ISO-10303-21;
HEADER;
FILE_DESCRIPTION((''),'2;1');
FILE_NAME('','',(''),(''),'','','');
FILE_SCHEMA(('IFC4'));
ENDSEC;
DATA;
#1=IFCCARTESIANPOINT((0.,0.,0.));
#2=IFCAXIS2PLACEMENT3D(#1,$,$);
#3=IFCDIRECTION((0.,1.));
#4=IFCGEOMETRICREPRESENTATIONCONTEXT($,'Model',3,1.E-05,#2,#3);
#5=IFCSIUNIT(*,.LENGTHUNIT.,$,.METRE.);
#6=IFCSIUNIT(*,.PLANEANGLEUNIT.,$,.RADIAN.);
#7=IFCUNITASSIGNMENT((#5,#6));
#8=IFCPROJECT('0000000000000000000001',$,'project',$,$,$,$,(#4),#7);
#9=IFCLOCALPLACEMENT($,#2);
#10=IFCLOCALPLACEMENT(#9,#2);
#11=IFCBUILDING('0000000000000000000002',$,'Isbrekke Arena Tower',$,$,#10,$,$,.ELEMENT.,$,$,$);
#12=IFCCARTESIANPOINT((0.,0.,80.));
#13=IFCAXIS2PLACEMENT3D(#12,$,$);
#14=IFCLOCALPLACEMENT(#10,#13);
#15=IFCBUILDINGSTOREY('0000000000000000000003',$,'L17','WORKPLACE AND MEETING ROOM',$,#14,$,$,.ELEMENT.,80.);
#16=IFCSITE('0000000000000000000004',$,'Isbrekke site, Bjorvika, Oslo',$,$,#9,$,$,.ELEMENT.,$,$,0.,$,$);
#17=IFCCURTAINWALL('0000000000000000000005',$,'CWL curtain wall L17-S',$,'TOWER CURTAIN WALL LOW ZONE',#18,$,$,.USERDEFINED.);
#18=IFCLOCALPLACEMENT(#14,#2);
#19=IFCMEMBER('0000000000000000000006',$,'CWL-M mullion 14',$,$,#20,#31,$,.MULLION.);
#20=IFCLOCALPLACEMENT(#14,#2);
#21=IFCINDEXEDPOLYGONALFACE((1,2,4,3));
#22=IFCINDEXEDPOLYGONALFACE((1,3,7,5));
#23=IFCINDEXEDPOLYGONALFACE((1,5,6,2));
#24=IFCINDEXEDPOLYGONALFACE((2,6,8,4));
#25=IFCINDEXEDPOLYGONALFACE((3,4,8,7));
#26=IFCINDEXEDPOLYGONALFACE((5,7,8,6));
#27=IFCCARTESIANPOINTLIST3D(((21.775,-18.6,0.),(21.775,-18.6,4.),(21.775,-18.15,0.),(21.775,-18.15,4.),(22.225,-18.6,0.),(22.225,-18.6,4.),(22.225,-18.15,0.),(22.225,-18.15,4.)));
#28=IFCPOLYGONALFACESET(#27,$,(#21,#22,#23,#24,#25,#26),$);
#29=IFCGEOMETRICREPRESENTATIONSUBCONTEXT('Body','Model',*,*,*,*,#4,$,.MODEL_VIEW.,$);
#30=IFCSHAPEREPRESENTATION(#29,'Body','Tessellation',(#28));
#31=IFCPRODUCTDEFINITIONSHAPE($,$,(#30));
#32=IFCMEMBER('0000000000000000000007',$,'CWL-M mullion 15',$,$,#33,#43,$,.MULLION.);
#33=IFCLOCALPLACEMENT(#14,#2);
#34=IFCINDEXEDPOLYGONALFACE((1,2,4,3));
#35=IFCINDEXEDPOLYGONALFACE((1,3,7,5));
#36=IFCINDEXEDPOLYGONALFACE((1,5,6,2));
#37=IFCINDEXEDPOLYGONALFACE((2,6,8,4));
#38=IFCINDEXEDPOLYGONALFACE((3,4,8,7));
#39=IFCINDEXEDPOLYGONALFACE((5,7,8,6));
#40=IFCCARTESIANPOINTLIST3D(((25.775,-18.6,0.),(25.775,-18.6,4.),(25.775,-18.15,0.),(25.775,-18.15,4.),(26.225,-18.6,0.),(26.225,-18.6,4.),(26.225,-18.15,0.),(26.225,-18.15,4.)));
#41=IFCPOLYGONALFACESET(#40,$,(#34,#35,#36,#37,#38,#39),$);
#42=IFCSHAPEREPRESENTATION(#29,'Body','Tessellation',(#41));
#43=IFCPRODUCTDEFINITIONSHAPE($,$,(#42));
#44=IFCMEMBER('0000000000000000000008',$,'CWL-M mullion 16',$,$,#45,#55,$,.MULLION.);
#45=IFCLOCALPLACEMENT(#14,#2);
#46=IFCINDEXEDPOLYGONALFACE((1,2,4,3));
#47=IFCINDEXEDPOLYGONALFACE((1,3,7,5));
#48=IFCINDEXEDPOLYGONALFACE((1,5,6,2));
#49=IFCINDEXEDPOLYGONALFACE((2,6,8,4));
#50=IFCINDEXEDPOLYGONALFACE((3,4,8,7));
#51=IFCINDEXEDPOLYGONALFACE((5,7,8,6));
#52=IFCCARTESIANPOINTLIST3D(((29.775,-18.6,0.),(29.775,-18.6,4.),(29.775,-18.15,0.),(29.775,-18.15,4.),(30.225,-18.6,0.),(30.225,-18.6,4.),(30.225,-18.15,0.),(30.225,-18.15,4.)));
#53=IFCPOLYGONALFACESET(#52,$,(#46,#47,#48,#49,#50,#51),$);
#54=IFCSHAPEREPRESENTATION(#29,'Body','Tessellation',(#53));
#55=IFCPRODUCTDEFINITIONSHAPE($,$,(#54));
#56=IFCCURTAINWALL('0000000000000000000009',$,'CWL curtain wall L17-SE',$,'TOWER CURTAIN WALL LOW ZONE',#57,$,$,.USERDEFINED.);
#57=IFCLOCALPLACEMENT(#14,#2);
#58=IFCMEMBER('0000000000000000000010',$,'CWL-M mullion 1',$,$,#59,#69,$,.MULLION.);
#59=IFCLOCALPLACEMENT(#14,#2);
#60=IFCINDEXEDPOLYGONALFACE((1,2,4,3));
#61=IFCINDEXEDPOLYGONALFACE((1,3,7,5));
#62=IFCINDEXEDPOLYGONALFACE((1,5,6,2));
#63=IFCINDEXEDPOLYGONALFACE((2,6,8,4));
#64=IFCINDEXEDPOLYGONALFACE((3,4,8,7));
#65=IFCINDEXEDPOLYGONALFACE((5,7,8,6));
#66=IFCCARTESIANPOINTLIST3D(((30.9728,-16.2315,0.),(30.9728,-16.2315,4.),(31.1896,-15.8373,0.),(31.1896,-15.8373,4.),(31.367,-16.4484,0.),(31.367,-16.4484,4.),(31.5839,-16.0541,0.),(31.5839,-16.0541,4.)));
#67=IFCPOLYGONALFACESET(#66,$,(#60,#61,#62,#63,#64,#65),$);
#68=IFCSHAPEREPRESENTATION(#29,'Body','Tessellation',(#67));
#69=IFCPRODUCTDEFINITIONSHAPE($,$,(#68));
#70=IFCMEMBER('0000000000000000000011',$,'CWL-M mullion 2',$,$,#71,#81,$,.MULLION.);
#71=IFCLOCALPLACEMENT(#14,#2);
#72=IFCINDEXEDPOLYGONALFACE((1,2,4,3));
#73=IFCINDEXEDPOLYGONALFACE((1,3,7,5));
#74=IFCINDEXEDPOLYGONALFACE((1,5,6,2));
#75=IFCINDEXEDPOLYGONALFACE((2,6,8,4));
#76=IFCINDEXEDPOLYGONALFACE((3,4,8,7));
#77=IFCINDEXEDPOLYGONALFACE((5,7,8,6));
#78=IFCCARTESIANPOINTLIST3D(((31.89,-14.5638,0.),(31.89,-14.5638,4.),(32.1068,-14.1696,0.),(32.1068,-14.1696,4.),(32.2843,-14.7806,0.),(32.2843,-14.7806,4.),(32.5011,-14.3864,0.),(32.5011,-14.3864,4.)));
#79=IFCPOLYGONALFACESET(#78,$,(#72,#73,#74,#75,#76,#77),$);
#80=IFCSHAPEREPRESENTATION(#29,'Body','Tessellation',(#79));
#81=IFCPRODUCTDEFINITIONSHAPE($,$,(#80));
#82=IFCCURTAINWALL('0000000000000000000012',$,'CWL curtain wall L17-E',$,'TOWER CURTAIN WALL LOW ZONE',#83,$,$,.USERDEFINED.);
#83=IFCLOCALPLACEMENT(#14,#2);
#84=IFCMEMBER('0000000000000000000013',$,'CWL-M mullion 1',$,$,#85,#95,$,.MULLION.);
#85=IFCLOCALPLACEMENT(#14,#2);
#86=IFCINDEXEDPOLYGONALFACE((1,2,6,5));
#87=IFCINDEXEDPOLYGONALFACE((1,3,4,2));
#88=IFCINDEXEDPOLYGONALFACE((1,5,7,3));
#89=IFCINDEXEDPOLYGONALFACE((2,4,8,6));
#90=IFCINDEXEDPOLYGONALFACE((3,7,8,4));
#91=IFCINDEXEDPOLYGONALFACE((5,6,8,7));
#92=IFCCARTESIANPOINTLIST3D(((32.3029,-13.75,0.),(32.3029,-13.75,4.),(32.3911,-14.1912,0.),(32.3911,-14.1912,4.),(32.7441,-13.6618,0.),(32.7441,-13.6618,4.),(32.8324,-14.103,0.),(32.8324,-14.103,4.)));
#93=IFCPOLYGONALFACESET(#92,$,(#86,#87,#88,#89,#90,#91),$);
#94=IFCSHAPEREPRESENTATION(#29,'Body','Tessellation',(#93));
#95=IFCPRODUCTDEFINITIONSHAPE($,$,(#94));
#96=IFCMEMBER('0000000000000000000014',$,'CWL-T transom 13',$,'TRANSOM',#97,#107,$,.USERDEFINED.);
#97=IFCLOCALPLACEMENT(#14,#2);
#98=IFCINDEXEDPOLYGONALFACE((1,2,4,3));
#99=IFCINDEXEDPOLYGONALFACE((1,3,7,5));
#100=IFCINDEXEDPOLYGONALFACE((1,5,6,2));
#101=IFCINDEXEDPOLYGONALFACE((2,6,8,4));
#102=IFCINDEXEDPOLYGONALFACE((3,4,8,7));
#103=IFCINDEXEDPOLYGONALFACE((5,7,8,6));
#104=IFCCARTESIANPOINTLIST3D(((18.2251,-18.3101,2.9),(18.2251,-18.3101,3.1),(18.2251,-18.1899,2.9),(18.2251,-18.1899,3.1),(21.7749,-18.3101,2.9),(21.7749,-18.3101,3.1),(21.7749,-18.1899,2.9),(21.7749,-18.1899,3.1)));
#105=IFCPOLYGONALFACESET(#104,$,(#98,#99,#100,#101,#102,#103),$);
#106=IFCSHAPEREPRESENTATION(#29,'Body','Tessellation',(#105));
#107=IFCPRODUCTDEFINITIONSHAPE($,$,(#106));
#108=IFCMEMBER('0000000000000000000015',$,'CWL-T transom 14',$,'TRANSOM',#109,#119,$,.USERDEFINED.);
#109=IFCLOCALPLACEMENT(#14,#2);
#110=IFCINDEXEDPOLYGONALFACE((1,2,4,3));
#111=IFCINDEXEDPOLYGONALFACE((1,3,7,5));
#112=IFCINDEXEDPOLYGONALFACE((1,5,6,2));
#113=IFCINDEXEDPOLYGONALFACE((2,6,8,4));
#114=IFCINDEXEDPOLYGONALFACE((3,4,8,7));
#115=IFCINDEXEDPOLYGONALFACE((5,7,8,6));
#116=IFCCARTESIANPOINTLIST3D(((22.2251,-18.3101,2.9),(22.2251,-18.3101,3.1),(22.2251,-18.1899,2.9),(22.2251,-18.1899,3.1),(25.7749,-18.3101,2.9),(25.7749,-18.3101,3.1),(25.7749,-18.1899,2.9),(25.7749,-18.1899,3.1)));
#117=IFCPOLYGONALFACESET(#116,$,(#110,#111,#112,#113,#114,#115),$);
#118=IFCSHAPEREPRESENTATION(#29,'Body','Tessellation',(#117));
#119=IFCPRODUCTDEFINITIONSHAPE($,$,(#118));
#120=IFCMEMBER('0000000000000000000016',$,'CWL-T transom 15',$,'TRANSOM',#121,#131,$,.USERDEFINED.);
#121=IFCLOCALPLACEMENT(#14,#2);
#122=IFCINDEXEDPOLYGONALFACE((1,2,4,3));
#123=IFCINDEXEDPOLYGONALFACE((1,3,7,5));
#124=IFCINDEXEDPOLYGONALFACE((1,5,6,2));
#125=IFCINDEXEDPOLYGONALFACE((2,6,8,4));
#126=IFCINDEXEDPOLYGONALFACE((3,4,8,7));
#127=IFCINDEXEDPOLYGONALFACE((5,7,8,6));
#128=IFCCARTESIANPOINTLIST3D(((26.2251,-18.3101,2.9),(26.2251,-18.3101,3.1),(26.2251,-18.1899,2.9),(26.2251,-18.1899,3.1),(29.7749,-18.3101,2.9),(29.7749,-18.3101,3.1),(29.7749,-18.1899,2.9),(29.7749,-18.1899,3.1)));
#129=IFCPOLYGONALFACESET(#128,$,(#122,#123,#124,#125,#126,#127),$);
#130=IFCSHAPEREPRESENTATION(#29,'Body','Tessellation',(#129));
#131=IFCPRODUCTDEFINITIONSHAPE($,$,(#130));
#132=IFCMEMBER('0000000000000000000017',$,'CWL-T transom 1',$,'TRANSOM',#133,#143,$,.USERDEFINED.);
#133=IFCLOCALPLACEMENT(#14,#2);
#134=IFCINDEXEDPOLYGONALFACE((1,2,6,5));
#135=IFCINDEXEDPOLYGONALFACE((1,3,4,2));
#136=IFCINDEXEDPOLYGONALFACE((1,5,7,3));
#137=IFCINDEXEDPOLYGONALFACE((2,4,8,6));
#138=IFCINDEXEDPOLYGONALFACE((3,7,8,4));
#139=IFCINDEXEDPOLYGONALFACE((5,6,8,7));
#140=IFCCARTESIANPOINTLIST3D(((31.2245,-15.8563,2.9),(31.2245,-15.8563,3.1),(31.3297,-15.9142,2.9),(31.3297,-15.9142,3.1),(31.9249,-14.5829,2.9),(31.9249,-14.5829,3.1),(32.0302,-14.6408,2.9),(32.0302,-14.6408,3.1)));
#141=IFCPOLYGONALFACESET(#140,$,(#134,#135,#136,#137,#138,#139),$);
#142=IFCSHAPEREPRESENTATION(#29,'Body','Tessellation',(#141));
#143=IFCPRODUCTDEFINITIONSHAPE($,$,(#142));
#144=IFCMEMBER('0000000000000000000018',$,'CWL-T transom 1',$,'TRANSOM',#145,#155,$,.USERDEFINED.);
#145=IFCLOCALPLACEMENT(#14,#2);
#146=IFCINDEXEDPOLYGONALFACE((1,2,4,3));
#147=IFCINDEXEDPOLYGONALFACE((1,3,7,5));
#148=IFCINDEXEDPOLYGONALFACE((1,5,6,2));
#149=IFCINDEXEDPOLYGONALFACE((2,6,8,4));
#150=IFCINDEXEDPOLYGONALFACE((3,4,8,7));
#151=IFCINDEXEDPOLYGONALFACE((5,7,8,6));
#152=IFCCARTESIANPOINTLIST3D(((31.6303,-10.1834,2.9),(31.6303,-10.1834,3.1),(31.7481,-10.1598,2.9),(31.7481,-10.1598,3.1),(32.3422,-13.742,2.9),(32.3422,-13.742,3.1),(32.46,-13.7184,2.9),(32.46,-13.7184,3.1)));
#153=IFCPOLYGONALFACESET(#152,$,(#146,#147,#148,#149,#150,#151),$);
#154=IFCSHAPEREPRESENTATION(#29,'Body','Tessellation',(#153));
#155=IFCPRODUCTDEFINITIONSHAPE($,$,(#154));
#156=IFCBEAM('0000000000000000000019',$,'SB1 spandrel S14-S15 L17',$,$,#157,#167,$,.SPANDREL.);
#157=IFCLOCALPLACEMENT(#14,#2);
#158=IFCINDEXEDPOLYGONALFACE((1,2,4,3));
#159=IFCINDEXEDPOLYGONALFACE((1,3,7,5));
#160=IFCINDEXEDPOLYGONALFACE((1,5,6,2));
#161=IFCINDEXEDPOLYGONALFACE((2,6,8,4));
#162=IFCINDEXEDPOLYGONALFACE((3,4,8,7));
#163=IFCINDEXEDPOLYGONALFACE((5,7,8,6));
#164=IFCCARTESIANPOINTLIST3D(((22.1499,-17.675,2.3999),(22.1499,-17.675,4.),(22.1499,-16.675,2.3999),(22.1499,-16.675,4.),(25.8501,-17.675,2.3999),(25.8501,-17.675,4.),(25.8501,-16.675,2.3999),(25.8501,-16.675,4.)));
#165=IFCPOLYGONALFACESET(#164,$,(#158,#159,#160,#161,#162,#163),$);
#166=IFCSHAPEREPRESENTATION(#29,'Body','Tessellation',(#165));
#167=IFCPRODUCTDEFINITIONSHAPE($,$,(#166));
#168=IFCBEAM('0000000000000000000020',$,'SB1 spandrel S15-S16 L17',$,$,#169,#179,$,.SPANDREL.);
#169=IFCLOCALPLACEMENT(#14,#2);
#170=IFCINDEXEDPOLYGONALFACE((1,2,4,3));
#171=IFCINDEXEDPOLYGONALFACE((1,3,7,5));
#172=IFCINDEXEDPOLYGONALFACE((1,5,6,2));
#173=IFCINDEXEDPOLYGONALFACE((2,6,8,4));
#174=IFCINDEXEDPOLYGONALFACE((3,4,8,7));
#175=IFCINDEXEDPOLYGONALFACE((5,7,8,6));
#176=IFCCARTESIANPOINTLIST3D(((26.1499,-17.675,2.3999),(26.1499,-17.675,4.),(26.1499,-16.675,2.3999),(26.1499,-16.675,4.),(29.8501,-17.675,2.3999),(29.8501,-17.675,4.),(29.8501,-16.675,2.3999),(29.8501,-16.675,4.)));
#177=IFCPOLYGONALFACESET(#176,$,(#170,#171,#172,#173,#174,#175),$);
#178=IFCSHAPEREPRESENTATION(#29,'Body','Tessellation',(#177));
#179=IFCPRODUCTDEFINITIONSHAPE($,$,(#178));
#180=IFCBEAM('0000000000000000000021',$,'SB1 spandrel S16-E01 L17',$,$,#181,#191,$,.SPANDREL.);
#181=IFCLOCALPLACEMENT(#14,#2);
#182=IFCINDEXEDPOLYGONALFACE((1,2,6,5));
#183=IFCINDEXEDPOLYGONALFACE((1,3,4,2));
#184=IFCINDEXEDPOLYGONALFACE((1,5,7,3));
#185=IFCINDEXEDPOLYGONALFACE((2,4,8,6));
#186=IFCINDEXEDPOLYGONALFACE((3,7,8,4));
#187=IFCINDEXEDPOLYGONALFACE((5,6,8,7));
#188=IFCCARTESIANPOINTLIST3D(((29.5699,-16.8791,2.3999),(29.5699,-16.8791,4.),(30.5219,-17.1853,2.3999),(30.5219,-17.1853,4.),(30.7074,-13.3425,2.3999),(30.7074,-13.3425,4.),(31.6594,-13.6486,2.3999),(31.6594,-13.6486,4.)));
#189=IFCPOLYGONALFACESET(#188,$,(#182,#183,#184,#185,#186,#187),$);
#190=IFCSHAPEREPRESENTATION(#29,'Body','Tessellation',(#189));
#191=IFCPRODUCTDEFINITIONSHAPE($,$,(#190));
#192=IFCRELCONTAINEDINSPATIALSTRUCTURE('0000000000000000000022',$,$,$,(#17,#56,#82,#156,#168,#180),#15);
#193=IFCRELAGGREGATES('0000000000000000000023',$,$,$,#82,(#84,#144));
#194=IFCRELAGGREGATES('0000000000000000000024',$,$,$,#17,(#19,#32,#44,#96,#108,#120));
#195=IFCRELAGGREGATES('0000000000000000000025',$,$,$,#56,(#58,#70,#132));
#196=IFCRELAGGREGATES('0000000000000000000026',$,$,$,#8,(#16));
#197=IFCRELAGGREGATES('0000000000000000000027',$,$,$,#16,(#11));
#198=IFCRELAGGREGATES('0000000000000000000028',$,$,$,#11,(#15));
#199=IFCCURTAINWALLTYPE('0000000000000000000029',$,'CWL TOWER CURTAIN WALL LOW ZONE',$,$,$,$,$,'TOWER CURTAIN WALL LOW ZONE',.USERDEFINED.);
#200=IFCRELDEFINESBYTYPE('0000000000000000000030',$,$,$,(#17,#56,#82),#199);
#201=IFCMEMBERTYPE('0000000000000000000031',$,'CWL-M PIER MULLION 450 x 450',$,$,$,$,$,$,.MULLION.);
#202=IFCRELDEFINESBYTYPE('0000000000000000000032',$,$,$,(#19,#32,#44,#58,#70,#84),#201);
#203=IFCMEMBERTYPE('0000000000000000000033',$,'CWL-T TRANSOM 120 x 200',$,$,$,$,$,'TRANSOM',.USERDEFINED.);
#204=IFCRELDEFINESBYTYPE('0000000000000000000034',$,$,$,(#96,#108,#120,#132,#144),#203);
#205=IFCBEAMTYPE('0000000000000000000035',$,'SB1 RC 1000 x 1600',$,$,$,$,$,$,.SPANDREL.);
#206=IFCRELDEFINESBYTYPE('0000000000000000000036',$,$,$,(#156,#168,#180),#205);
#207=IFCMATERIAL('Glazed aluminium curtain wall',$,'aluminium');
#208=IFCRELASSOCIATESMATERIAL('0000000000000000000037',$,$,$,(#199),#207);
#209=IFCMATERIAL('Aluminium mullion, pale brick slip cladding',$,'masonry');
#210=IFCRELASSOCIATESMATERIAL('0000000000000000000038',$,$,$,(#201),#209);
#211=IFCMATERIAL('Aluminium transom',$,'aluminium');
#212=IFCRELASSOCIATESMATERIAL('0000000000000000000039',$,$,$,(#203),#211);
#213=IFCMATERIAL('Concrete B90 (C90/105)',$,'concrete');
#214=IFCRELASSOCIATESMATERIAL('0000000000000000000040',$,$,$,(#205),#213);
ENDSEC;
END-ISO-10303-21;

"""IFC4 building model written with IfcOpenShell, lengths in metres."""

from ifc_helpers import new_model, si_unit, direction, frame, origin, origin_2d, place, context, subcontext, project, spatial, rectangle, extrude, material, material_profile, profile_set, type_object, element, aggregate, save


model = new_model("IFC4")

# Units and contexts
model_context = context("Model", 3, precision=1e-05, world=origin(), true_north=direction((0.0, 1.0)))
body_context = subcontext(model_context, "Body", "Model", "MODEL_VIEW")
ifc_project = project(units=[si_unit("LENGTHUNIT", "METRE"), si_unit("PLANEANGLEUNIT", "RADIAN")], contexts=[model_context])

# Site, building, storey
site_placement = place(None, origin())
site = spatial("IfcSite", under=ifc_project, at=site_placement, Name="Isbrekke site, Bjorvika, Oslo", CompositionType="ELEMENT", RefElevation=0.0)
building_placement = place(site_placement, origin())
building = spatial("IfcBuilding", under=site, at=building_placement, Name="Isbrekke Arena Tower", CompositionType="ELEMENT")
storey_placement = place(building_placement, frame((0.0, 0.0, 80.0)))
storey = spatial("IfcBuildingStorey", under=building, at=storey_placement, Name="L17", Description="WORKPLACE AND MEETING ROOM", CompositionType="ELEMENT", Elevation=80.0)

# Curtain walls, members
ifc_material_1 = material(Name="Glazed aluminium curtain wall", Category="aluminium")
curtain_wall_type = type_object("IfcCurtainWallType", Name="CWL TOWER CURTAIN WALL LOW ZONE", ElementType="TOWER CURTAIN WALL LOW ZONE", PredefinedType="USERDEFINED", material=ifc_material_1)
curtain_wall_1_placement = place(storey_placement, origin())
curtain_wall_1 = element("IfcCurtainWall", 1, at=curtain_wall_1_placement, inside=storey, type_object=curtain_wall_type, Name="CWL curtain wall L17-S", ObjectType="TOWER CURTAIN WALL LOW ZONE", PredefinedType="USERDEFINED")
ifc_material_2 = material(Name="Aluminium mullion, pale brick slip cladding", Category="masonry")
ifc_material_profile_1 = material_profile(ifc_material_2, rectangle(XDim=0.45, YDim=0.45, at=origin_2d()), Name="PIER 450X450")
ifc_profile_set_1 = profile_set([ifc_material_profile_1], Name="Aluminium mullion, pale brick slip cladding")
member_type_1 = type_object("IfcMemberType", Name="CWL-M PIER MULLION 450 x 450", PredefinedType="MULLION", material=ifc_profile_set_1)
member_1_placement = place(storey_placement, frame((22.0, -18.375, 0.0), z_axis=(0.0, 0.0, 1.0), x_axis=(1.0, 0.0, 0.0)))
member_1 = element("IfcMember", 2, at=member_1_placement, type_object=member_type_1, Name="CWL-M mullion 14", PredefinedType="MULLION", context=body_context, shape_type="SweptSolid", body=[
    extrude(rectangle(XDim=0.45, YDim=0.45, at=origin_2d()), origin(), (0.0, 0.0, 1.0), 4.0),
])
member_2_placement = place(storey_placement, frame((26.0, -18.375, 0.0), z_axis=(0.0, 0.0, 1.0), x_axis=(1.0, 0.0, 0.0)))
member_2 = element("IfcMember", 3, at=member_2_placement, type_object=member_type_1, Name="CWL-M mullion 15", PredefinedType="MULLION", context=body_context, shape_type="SweptSolid", body=[
    extrude(rectangle(XDim=0.45, YDim=0.45, at=origin_2d()), origin(), (0.0, 0.0, 1.0), 4.0),
])
member_3_placement = place(storey_placement, frame((30.0, -18.375, 0.0), z_axis=(0.0, 0.0, 1.0), x_axis=(1.0, 0.0, 0.0)))
member_3 = element("IfcMember", 4, at=member_3_placement, type_object=member_type_1, Name="CWL-M mullion 16", PredefinedType="MULLION", context=body_context, shape_type="SweptSolid", body=[
    extrude(rectangle(XDim=0.45, YDim=0.45, at=origin_2d()), origin(), (0.0, 0.0, 1.0), 4.0),
])
curtain_wall_2_placement = place(storey_placement, origin())
curtain_wall_2 = element("IfcCurtainWall", 5, at=curtain_wall_2_placement, inside=storey, type_object=curtain_wall_type, Name="CWL curtain wall L17-SE", ObjectType="TOWER CURTAIN WALL LOW ZONE", PredefinedType="USERDEFINED")
member_4_placement = place(storey_placement, frame((31.2783, -16.1428, 0.0), z_axis=(0.0, 0.0, 1.0), x_axis=(0.481919, 0.876216, 0.0)))
member_4 = element("IfcMember", 6, at=member_4_placement, type_object=member_type_1, Name="CWL-M mullion 1", PredefinedType="MULLION", context=body_context, shape_type="SweptSolid", body=[
    extrude(rectangle(XDim=0.45, YDim=0.45, at=origin_2d()), origin(), (0.0, 0.0, 1.0), 4.0),
])
member_5_placement = place(storey_placement, frame((32.1956, -14.4751, 0.0), z_axis=(0.0, 0.0, 1.0), x_axis=(0.481919, 0.876216, 0.0)))
member_5 = element("IfcMember", 7, at=member_5_placement, type_object=member_type_1, Name="CWL-M mullion 2", PredefinedType="MULLION", context=body_context, shape_type="SweptSolid", body=[
    extrude(rectangle(XDim=0.45, YDim=0.45, at=origin_2d()), origin(), (0.0, 0.0, 1.0), 4.0),
])

# Curtain wall, member
curtain_wall_3_placement = place(storey_placement, origin())
curtain_wall_3 = element("IfcCurtainWall", 8, at=curtain_wall_3_placement, inside=storey, type_object=curtain_wall_type, Name="CWL curtain wall L17-E", ObjectType="TOWER CURTAIN WALL LOW ZONE", PredefinedType="USERDEFINED")
member_6_placement = place(storey_placement, frame((32.5676, -13.9265, 0.0), z_axis=(0.0, 0.0, 1.0), x_axis=(-0.196116, 0.980581, 0.0)))
member_6 = element("IfcMember", 9, at=member_6_placement, type_object=member_type_1, Name="CWL-M mullion 1", PredefinedType="MULLION", context=body_context, shape_type="SweptSolid", body=[
    extrude(rectangle(XDim=0.45, YDim=0.45, at=origin_2d()), origin(), (0.0, 0.0, 1.0), 4.0),
])

# Members
ifc_material_3 = material(Name="Aluminium transom", Category="aluminium")
ifc_material_profile_2 = material_profile(ifc_material_3, rectangle(XDim=0.1201, YDim=0.2, at=origin_2d()), Name="TRANSOM 120X200")
ifc_profile_set_2 = profile_set([ifc_material_profile_2], Name="Aluminium transom")
member_type_2 = type_object("IfcMemberType", Name="CWL-T TRANSOM 120 x 200", ElementType="TRANSOM", PredefinedType="USERDEFINED", material=ifc_profile_set_2)
member_7_placement = place(storey_placement, frame((18.2251, -18.25, 3.0), z_axis=(1.0, 0.0, 0.0), x_axis=(0.0, 1.0, 0.0)))
member_7 = element("IfcMember", 10, at=member_7_placement, type_object=member_type_2, Name="CWL-T transom 13", ObjectType="TRANSOM", PredefinedType="USERDEFINED", context=body_context, shape_type="SweptSolid", body=[
    extrude(rectangle(XDim=0.1201, YDim=0.2, at=origin_2d()), origin(), (0.0, 0.0, 1.0), 3.5498),
])
member_8_placement = place(storey_placement, frame((22.2251, -18.25, 3.0), z_axis=(1.0, 0.0, 0.0), x_axis=(0.0, 1.0, 0.0)))
member_8 = element("IfcMember", 11, at=member_8_placement, type_object=member_type_2, Name="CWL-T transom 14", ObjectType="TRANSOM", PredefinedType="USERDEFINED", context=body_context, shape_type="SweptSolid", body=[
    extrude(rectangle(XDim=0.1201, YDim=0.2, at=origin_2d()), origin(), (0.0, 0.0, 1.0), 3.5498),
])
member_9_placement = place(storey_placement, frame((26.2251, -18.25, 3.0), z_axis=(1.0, 0.0, 0.0), x_axis=(0.0, 1.0, 0.0)))
member_9 = element("IfcMember", 12, at=member_9_placement, type_object=member_type_2, Name="CWL-T transom 15", ObjectType="TRANSOM", PredefinedType="USERDEFINED", context=body_context, shape_type="SweptSolid", body=[
    extrude(rectangle(XDim=0.1201, YDim=0.2, at=origin_2d()), origin(), (0.0, 0.0, 1.0), 3.5498),
])
member_10_placement = place(storey_placement, frame((31.2771, -15.8853, 3.0), z_axis=(0.481945, 0.876202, 0.0), x_axis=(-0.876202, 0.481945, 0.0)))
member_10 = element("IfcMember", 13, at=member_10_placement, type_object=member_type_2, Name="CWL-T transom 1", ObjectType="TRANSOM", PredefinedType="USERDEFINED", context=body_context, shape_type="SweptSolid", body=[
    extrude(rectangle(XDim=0.1201, YDim=0.2, at=origin_2d()), origin(), (0.0, 0.0, 1.0), 1.4534),
])
member_11_placement = place(storey_placement, frame((32.4011, -13.7302, 3.0), z_axis=(-0.196168, 0.98057, 0.0), x_axis=(-0.98057, -0.196168, 0.0)))
member_11 = element("IfcMember", 14, at=member_11_placement, type_object=member_type_2, Name="CWL-T transom 1", ObjectType="TRANSOM", PredefinedType="USERDEFINED", context=body_context, shape_type="SweptSolid", body=[
    extrude(rectangle(XDim=0.1201, YDim=0.2, at=origin_2d()), origin(), (0.0, 0.0, 1.0), 3.6292),
])
aggregate(curtain_wall_3, [member_6, member_11])

# Beams
ifc_material_4 = material(Name="Concrete B90 (C90/105)", Category="concrete")
ifc_material_profile_3 = material_profile(ifc_material_4, rectangle(XDim=1.0, YDim=1.6001, at=origin_2d()), Name="RC 1000x1600")
ifc_profile_set_3 = profile_set([ifc_material_profile_3], Name="Concrete B90 (C90/105)")
beam_type_1 = type_object("IfcBeamType", Name="SB1 RC 1000 x 1600", PredefinedType="SPANDREL", material=ifc_profile_set_3)
for number, where, z_axis, x_axis, name in (
    (15, (22.1499, -17.175, 3.2), (1.0, 0.0, 0.0), (0.0, 1.0, 0.0), "SB1 spandrel S14-S15 L17"),
    (16, (26.1499, -17.175, 3.2), (1.0, 0.0, 0.0), (0.0, 1.0, 0.0), "SB1 spandrel S15-S16 L17"),
):
    element("IfcBeam", number, at=place(storey_placement, frame(where, z_axis=z_axis, x_axis=x_axis)), inside=storey, type_object=beam_type_1, Name=name, PredefinedType="SPANDREL", context=body_context, shape_type="SweptSolid", body=[
        extrude(rectangle(XDim=1.0, YDim=1.6001, at=origin_2d()), origin(), (0.0, 0.0, 1.0), 3.7002),
    ])
beam_1_placement = place(storey_placement, frame((30.0459, -17.0322, 3.2), z_axis=(0.306175, 0.951975, 0.0), x_axis=(-0.951975, 0.306175, 0.0)))
element("IfcBeam", 17, at=beam_1_placement, inside=storey, type_object=beam_type_1, Name="SB1 spandrel S16-E01 L17", PredefinedType="SPANDREL", context=body_context, shape_type="SweptSolid", body=[
    extrude(rectangle(XDim=1.0, YDim=1.6001, at=origin_2d()), origin(), (0.0, 0.0, 1.0), 3.7151),
])

aggregate(curtain_wall_1, [member_1, member_2, member_3, member_7, member_8, member_9])
aggregate(curtain_wall_2, [member_4, member_5, member_10])

save(model, "model.ifc")
